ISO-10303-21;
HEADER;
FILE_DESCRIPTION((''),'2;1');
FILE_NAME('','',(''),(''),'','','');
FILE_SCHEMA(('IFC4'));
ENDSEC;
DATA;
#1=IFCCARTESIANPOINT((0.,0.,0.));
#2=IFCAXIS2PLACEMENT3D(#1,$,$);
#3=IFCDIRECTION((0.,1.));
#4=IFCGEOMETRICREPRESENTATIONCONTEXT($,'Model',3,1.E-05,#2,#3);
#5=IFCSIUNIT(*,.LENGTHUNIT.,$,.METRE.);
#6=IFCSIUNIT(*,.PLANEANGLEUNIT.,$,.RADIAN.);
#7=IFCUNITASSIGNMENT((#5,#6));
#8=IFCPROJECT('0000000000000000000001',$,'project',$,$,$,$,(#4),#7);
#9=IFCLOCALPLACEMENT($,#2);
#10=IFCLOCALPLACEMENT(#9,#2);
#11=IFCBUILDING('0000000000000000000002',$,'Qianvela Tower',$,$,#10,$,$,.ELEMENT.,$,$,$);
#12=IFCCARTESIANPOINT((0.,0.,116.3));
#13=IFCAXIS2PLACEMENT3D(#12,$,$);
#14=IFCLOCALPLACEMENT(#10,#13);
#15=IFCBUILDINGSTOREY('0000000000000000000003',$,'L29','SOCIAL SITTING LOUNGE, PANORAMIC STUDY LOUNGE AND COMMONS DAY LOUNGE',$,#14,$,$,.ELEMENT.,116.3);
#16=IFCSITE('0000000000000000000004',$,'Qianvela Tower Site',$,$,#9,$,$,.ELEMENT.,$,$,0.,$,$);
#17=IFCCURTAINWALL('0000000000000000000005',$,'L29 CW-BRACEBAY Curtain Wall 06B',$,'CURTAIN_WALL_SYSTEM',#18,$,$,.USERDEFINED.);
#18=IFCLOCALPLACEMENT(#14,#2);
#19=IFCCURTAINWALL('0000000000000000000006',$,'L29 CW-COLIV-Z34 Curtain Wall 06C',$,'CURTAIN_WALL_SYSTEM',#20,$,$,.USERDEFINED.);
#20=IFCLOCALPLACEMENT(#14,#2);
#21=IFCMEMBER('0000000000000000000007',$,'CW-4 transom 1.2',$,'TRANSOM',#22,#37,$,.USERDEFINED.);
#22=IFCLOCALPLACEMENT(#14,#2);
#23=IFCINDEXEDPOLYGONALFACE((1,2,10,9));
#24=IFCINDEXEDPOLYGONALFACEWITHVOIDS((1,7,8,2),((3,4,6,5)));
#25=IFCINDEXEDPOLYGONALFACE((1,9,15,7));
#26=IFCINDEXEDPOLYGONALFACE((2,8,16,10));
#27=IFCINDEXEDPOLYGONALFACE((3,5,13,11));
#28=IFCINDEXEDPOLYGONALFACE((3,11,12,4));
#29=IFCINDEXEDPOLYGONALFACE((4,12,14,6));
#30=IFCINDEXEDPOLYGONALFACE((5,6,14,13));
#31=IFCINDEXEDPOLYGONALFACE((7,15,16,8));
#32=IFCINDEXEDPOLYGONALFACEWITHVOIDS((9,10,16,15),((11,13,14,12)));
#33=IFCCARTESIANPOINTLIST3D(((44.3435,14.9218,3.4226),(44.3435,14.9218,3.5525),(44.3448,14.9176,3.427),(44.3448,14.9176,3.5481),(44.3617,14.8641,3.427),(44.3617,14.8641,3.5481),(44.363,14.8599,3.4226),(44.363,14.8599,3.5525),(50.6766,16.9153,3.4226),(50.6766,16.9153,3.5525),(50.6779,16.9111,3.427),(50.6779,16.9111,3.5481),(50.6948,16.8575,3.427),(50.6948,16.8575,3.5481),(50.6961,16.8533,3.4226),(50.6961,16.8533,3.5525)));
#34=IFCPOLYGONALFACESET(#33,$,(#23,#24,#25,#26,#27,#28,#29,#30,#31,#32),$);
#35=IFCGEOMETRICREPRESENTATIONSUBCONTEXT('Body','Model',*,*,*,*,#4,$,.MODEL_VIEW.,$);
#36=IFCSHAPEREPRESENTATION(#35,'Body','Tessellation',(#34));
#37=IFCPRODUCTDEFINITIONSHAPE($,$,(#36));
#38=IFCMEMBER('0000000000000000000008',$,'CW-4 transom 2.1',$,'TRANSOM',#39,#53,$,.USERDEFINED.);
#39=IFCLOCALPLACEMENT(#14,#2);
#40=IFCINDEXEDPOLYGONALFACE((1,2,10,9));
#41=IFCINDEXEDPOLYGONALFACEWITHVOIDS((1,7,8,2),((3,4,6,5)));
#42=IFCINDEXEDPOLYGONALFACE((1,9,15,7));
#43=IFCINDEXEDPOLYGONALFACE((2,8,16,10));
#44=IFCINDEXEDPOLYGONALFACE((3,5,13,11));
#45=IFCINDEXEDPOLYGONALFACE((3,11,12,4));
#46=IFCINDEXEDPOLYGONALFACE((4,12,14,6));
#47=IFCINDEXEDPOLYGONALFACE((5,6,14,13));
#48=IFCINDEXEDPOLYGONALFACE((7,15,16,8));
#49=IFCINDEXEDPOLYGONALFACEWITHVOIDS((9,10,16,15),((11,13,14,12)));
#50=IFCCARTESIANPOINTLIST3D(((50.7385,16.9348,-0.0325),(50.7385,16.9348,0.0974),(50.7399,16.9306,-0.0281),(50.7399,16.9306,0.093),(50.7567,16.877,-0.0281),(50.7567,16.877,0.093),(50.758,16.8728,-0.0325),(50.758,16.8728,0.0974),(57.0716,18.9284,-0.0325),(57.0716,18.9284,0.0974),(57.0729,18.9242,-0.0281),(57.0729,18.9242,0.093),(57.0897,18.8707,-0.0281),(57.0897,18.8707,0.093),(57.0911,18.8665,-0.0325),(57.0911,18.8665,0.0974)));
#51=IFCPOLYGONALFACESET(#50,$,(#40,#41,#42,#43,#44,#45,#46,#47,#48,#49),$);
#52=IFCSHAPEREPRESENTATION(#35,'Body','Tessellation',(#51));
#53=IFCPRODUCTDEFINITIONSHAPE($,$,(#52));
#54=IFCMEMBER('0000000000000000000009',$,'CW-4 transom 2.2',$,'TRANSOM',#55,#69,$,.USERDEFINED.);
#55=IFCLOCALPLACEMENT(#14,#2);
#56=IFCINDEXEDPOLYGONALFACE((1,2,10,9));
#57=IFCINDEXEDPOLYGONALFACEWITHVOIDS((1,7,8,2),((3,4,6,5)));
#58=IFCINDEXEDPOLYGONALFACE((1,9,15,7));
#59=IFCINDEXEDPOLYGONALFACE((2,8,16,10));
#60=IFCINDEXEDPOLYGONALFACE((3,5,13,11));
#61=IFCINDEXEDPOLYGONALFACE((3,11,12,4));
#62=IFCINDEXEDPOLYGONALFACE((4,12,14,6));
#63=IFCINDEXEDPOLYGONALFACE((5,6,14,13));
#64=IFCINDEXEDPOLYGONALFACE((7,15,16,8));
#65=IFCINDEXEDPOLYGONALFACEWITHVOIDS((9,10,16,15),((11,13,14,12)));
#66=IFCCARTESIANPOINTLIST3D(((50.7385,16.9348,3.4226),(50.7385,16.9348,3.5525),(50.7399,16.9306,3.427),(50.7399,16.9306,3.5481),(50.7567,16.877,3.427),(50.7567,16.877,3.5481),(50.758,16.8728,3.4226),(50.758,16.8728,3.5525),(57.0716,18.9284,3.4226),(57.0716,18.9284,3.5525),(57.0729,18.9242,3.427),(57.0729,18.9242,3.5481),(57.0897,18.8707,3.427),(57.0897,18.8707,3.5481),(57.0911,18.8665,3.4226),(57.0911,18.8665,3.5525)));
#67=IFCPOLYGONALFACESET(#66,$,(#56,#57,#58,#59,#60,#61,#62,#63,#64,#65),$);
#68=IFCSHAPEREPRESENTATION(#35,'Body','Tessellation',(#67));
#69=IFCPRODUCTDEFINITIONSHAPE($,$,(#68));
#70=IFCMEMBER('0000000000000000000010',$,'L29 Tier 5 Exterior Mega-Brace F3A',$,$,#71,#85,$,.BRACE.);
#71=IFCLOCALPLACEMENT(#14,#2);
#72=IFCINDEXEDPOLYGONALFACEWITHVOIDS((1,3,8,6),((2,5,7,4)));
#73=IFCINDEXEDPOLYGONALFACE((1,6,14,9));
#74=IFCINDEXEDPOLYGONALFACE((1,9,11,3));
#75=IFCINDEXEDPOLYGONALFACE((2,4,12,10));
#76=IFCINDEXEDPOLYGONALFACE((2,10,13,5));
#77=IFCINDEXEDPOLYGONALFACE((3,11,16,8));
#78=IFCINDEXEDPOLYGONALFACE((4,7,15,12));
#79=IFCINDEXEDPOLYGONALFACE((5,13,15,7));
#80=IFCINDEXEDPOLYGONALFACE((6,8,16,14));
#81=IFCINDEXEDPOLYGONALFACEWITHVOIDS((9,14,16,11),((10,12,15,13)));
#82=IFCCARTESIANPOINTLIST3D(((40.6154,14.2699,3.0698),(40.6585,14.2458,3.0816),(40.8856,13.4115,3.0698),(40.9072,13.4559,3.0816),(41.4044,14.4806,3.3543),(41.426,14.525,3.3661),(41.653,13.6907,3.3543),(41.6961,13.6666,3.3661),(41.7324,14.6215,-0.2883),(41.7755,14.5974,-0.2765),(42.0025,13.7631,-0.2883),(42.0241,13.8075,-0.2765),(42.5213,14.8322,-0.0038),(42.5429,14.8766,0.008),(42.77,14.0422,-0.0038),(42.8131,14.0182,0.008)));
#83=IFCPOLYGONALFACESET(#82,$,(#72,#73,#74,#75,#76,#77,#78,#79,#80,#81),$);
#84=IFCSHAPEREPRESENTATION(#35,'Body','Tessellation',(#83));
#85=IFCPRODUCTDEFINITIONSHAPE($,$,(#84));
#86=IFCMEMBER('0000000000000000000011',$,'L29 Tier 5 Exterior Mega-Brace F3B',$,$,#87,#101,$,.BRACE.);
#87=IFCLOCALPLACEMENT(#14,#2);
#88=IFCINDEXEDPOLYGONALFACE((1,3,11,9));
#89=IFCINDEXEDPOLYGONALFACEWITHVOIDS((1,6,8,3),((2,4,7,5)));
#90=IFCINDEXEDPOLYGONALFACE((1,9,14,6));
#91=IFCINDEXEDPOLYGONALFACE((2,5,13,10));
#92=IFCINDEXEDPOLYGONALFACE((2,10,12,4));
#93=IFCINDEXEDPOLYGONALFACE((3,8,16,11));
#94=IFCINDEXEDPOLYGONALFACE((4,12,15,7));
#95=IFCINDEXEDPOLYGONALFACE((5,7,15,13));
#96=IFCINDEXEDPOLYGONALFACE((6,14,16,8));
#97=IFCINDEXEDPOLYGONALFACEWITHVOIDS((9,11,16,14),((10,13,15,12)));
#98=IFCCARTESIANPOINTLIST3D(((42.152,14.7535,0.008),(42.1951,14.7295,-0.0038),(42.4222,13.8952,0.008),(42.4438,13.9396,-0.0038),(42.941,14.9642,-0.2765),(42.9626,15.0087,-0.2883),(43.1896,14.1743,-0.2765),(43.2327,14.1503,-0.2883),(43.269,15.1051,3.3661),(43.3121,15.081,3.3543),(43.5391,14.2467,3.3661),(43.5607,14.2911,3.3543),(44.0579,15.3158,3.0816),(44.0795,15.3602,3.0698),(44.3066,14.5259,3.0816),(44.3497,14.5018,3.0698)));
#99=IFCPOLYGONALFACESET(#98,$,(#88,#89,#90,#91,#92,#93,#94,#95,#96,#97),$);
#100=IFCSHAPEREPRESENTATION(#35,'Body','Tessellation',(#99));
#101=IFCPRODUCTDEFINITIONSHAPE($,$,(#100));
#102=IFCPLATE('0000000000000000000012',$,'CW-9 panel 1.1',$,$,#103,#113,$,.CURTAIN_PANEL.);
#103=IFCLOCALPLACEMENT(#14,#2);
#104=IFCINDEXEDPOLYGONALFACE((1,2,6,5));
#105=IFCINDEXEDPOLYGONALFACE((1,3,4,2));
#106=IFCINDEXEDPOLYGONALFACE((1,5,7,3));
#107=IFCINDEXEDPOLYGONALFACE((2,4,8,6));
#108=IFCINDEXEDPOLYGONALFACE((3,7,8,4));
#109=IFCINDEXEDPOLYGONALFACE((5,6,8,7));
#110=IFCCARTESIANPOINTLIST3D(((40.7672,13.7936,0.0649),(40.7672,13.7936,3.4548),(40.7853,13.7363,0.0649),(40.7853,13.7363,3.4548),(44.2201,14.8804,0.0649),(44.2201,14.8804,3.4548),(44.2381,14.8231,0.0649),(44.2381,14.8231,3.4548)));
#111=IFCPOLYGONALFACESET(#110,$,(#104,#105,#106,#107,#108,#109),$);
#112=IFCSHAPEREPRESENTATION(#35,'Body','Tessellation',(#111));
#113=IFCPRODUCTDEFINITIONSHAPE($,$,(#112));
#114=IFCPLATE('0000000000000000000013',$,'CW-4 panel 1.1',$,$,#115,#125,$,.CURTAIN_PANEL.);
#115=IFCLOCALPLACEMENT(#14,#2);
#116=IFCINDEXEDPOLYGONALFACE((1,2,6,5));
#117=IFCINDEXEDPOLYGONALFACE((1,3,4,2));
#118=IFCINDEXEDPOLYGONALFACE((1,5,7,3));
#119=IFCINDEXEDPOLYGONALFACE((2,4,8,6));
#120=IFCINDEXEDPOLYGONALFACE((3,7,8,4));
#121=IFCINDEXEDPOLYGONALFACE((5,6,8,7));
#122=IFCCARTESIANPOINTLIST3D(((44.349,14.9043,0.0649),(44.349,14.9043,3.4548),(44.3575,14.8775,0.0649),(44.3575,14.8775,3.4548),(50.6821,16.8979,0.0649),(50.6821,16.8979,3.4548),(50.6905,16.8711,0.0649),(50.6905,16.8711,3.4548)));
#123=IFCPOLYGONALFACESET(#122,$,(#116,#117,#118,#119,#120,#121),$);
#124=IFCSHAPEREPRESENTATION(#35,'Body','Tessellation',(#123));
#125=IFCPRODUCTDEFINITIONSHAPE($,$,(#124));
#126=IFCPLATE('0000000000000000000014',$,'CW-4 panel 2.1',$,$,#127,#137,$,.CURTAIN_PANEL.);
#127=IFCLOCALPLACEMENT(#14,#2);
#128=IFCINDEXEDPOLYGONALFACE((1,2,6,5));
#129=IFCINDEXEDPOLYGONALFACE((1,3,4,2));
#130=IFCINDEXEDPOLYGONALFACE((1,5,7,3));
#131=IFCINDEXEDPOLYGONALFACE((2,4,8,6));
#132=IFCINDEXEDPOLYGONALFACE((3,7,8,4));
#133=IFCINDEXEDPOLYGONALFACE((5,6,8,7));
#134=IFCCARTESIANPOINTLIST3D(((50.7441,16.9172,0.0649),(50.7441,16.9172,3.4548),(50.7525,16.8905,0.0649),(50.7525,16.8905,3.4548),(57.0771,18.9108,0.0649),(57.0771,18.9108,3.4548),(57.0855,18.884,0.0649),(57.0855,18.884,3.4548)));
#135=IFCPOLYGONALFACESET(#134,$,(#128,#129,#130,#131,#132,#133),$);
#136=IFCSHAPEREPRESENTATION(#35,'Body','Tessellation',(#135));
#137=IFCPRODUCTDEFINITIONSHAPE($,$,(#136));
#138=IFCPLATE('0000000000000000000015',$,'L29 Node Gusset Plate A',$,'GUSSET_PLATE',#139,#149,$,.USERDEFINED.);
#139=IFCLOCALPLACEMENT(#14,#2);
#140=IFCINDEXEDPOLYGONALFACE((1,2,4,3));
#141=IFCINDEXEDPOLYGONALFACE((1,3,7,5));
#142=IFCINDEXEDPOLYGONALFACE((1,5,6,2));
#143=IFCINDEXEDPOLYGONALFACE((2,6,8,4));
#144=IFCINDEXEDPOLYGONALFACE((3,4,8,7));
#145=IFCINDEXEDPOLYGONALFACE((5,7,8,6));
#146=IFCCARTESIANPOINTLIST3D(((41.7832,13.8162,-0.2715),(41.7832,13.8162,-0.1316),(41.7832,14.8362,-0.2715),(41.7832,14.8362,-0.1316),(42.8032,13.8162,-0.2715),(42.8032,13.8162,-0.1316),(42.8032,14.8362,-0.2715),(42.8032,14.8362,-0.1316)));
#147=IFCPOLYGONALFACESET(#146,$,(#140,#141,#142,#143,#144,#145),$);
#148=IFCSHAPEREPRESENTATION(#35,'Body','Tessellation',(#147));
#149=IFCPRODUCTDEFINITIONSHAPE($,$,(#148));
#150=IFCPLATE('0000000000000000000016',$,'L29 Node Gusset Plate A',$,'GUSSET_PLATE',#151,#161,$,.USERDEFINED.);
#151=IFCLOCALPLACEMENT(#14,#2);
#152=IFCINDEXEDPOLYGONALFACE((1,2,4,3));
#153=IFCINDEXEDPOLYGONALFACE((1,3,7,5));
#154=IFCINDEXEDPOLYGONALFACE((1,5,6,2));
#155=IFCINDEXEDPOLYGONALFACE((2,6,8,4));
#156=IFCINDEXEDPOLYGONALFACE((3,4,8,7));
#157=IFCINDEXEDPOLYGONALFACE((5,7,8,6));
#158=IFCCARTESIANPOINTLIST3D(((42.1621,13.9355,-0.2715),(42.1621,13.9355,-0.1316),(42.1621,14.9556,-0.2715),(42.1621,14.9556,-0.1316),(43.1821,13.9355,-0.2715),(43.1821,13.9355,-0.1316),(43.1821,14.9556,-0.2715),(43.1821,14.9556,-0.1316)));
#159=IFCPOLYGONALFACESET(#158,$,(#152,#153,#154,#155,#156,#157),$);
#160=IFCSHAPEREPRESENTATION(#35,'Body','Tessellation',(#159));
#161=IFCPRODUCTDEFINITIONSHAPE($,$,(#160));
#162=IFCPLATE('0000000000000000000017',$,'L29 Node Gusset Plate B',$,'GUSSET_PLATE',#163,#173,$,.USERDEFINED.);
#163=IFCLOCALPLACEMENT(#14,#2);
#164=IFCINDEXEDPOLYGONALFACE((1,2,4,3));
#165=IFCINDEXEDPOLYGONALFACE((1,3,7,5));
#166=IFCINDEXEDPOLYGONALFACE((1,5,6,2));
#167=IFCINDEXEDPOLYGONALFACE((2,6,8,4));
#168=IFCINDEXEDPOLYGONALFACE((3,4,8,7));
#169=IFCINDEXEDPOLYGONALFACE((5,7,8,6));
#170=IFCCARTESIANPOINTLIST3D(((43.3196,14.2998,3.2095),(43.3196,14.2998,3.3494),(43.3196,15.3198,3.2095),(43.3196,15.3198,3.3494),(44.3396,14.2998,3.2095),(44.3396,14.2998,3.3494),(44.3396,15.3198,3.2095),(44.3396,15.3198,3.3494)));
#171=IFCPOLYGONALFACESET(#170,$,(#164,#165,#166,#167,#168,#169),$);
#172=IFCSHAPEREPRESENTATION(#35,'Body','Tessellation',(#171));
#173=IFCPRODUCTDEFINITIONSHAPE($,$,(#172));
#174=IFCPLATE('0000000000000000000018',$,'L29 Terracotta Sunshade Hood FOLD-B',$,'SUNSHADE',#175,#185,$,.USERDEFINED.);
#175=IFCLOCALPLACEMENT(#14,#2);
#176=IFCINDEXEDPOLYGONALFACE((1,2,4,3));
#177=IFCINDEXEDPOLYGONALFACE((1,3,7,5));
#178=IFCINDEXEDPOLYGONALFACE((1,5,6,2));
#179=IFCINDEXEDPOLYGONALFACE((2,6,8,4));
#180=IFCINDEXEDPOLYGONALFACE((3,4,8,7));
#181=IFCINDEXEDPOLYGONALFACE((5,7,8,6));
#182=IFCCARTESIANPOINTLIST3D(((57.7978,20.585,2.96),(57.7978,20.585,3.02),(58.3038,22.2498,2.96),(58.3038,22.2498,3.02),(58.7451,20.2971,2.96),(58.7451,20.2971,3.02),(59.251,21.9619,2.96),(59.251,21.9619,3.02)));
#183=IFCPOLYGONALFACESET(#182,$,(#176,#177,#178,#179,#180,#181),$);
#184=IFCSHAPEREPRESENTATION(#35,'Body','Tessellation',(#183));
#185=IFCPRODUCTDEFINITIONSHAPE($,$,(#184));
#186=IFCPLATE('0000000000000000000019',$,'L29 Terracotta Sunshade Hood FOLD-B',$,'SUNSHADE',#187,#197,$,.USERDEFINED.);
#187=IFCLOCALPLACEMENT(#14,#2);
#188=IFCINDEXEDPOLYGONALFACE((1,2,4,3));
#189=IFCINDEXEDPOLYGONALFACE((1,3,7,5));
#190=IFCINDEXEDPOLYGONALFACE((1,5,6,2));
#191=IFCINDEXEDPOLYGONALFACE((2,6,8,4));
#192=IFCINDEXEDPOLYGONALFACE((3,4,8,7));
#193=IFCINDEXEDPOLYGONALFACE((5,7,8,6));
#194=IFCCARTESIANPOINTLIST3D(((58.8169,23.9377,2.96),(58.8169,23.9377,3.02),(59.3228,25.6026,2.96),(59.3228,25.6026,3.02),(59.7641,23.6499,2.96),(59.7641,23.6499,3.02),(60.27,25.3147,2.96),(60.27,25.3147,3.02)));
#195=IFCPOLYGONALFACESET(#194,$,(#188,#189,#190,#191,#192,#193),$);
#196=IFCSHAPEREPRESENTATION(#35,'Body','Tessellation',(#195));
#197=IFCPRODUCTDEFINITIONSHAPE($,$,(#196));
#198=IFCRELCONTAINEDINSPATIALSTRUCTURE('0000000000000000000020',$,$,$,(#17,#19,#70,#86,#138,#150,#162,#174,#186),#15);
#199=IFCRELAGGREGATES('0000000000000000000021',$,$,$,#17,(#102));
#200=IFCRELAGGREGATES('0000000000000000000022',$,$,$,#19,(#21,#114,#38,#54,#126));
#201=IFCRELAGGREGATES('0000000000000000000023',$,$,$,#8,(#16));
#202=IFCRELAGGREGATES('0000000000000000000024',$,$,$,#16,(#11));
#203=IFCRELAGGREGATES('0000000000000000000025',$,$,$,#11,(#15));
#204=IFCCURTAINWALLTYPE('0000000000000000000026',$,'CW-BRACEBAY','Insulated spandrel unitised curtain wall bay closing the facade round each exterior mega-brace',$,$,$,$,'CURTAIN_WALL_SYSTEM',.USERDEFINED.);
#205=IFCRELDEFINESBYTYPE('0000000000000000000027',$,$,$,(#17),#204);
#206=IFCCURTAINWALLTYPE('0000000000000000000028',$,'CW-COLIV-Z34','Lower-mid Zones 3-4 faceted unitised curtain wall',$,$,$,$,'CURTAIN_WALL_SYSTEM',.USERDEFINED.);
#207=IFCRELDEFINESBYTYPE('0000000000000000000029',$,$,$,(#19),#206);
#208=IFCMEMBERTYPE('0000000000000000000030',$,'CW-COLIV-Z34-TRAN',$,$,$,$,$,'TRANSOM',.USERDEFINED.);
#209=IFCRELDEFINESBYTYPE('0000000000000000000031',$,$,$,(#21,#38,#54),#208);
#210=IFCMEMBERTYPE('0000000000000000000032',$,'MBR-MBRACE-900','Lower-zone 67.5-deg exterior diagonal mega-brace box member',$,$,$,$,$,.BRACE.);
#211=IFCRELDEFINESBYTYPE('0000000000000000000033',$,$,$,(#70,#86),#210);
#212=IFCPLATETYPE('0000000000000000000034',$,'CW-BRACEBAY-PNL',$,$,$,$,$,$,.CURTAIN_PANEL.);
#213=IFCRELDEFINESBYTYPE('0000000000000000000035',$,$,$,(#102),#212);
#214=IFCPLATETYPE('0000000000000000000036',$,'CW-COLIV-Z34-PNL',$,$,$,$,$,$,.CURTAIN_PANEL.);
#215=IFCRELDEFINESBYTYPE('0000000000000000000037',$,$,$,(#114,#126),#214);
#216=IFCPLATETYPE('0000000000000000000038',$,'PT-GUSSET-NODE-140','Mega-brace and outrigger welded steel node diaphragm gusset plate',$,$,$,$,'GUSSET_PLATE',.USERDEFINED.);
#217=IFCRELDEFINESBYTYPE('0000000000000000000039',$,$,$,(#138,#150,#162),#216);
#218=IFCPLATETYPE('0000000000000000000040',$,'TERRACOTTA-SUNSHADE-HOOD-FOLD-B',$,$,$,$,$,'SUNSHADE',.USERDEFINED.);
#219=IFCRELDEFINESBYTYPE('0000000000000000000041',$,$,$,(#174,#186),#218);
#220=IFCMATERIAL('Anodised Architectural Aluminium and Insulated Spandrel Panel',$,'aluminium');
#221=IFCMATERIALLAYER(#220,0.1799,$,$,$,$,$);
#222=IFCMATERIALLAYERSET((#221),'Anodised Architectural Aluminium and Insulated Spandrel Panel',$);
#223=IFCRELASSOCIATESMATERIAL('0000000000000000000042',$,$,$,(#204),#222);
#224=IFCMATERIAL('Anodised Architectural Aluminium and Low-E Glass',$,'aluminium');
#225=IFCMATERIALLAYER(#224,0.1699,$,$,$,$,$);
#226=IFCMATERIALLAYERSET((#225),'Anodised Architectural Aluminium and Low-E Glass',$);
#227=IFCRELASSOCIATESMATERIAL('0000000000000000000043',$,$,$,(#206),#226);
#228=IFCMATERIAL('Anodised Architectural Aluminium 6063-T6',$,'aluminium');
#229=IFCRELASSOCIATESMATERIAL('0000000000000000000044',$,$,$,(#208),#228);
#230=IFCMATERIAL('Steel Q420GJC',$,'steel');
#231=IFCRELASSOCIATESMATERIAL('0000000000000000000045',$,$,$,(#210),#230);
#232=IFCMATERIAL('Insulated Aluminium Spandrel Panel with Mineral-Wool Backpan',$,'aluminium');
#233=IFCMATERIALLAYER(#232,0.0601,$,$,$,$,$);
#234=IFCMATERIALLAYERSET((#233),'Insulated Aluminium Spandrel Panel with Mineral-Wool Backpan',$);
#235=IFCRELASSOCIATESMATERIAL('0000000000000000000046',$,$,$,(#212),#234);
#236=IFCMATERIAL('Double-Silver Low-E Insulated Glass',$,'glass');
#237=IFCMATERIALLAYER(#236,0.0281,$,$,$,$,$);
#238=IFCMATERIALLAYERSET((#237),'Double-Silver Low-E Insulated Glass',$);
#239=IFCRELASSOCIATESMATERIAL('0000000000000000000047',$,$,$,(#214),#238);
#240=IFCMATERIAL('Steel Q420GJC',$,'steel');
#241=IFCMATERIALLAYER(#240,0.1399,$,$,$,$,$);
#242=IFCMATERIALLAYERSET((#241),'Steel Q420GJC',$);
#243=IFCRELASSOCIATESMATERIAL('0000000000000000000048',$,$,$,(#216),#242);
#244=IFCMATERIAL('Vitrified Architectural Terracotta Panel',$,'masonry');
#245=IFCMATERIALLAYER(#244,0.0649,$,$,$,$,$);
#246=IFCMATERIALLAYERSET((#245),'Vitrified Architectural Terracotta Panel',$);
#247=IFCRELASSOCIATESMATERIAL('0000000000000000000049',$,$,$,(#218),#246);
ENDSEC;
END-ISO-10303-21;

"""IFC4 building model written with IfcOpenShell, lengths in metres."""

from ifc_helpers import new_model, si_unit, direction, frame, origin, origin_2d, place, context, subcontext, project, spatial, rectangle, hollow_rectangle, extrude, material, layer, layer_set, material_profile, profile_set, type_object, element, aggregate, save


model = new_model("IFC4")

# Units and contexts
model_context = context("Model", 3, precision=1e-05, world=origin(), true_north=direction((0.0, 1.0)))
body_context = subcontext(model_context, "Body", "Model", "MODEL_VIEW")
ifc_project = project(units=[si_unit("LENGTHUNIT", "METRE"), si_unit("PLANEANGLEUNIT", "RADIAN")], contexts=[model_context])

# Site, building, storey
site_placement = place(None, origin())
site = spatial("IfcSite", under=ifc_project, at=site_placement, Name="Qianvela Tower Site", CompositionType="ELEMENT", RefElevation=0.0)
building_placement = place(site_placement, origin())
building = spatial("IfcBuilding", under=site, at=building_placement, Name="Qianvela Tower", CompositionType="ELEMENT")
storey_placement = place(building_placement, frame((0.0, 0.0, 116.3)))
storey = spatial("IfcBuildingStorey", under=building, at=storey_placement, Name="L29", Description="SOCIAL SITTING LOUNGE, PANORAMIC STUDY LOUNGE AND COMMONS DAY LOUNGE", CompositionType="ELEMENT", Elevation=116.3)

# Curtain wall
ifc_material_1 = material(Name="Anodised Architectural Aluminium and Insulated Spandrel Panel", Category="aluminium")
ifc_layer_1 = layer(ifc_material_1, 0.1799)
ifc_layer_set_1 = layer_set([ifc_layer_1], Name="Anodised Architectural Aluminium and Insulated Spandrel Panel")
curtain_wall_type_1 = type_object("IfcCurtainWallType", Name="CW-BRACEBAY", Description="Insulated spandrel unitised curtain wall bay closing the facade round each exterior mega-brace", ElementType="CURTAIN_WALL_SYSTEM", PredefinedType="USERDEFINED", material=ifc_layer_set_1)
curtain_wall_1_placement = place(storey_placement, origin())
curtain_wall_1 = element("IfcCurtainWall", 1, at=curtain_wall_1_placement, inside=storey, type_object=curtain_wall_type_1, Name="L29 CW-BRACEBAY Curtain Wall 06B", ObjectType="CURTAIN_WALL_SYSTEM", PredefinedType="USERDEFINED")

# Curtain wall, members
ifc_material_2 = material(Name="Anodised Architectural Aluminium and Low-E Glass", Category="aluminium")
ifc_layer_2 = layer(ifc_material_2, 0.1699)
ifc_layer_set_2 = layer_set([ifc_layer_2], Name="Anodised Architectural Aluminium and Low-E Glass")
curtain_wall_type_2 = type_object("IfcCurtainWallType", Name="CW-COLIV-Z34", Description="Lower-mid Zones 3-4 faceted unitised curtain wall", ElementType="CURTAIN_WALL_SYSTEM", PredefinedType="USERDEFINED", material=ifc_layer_set_2)
curtain_wall_2_placement = place(storey_placement, origin())
curtain_wall_2 = element("IfcCurtainWall", 2, at=curtain_wall_2_placement, inside=storey, type_object=curtain_wall_type_2, Name="L29 CW-COLIV-Z34 Curtain Wall 06C", ObjectType="CURTAIN_WALL_SYSTEM", PredefinedType="USERDEFINED")
ifc_material_3 = material(Name="Anodised Architectural Aluminium 6063-T6", Category="aluminium")
ifc_material_profile_1 = material_profile(ifc_material_3, hollow_rectangle(XDim=0.0649, YDim=0.1299, WallThickness=0.0044, at=origin_2d()), Name="ALU-TRAN-65x130")
ifc_profile_set_1 = profile_set([ifc_material_profile_1], Name="Anodised Architectural Aluminium 6063-T6")
member_type_1 = type_object("IfcMemberType", Name="CW-COLIV-Z34-TRAN", ElementType="TRANSOM", PredefinedType="USERDEFINED", material=ifc_profile_set_1)
member_1_placement = place(storey_placement, frame((44.3533, 14.8909, 3.4875), z_axis=(0.953863, 0.300243, 0.0), x_axis=(-0.300243, 0.953863, 0.0)))
member_1 = element("IfcMember", 3, at=member_1_placement, type_object=member_type_1, Name="CW-4 transom 1.2", ObjectType="TRANSOM", PredefinedType="USERDEFINED", context=body_context, shape_type="SweptSolid", body=[
    extrude(hollow_rectangle(XDim=0.0649, YDim=0.1299, WallThickness=0.0044, at=origin_2d()), origin(), (0.0, 0.0, 1.0), 6.6394),
])
member_2_placement = place(storey_placement, frame((50.7483, 16.9038, 0.0325), z_axis=(0.953852, 0.300276, 0.0), x_axis=(-0.300276, 0.953852, 0.0)))
member_2 = element("IfcMember", 4, at=member_2_placement, type_object=member_type_1, Name="CW-4 transom 2.1", ObjectType="TRANSOM", PredefinedType="USERDEFINED", context=body_context, shape_type="SweptSolid", body=[
    extrude(hollow_rectangle(XDim=0.0649, YDim=0.1299, WallThickness=0.0044, at=origin_2d()), origin(), (0.0, 0.0, 1.0), 6.6394),
])
member_3_placement = place(storey_placement, frame((50.7483, 16.9038, 3.4875), z_axis=(0.953852, 0.300276, 0.0), x_axis=(-0.300276, 0.953852, 0.0)))
member_3 = element("IfcMember", 5, at=member_3_placement, type_object=member_type_1, Name="CW-4 transom 2.2", ObjectType="TRANSOM", PredefinedType="USERDEFINED", context=body_context, shape_type="SweptSolid", body=[
    extrude(hollow_rectangle(XDim=0.0649, YDim=0.1299, WallThickness=0.0044, at=origin_2d()), origin(), (0.0, 0.0, 1.0), 6.6394),
])

# Members
ifc_material_4 = material(Name="Steel Q420GJC", Category="steel")
ifc_material_profile_2 = material_profile(ifc_material_4, hollow_rectangle(XDim=0.8999, YDim=0.8999, WallThickness=0.0359, at=origin_2d()), Name="MBOX-900x900x36")
ifc_profile_set_2 = profile_set([ifc_material_profile_2], Name="Steel Q420GJC")
member_type_2 = type_object("IfcMemberType", Name="MBR-MBRACE-900", Description="Lower-zone 67.5-deg exterior diagonal mega-brace box member", PredefinedType="BRACE", material=ifc_profile_set_2)
for number, where, z_axis, x_axis, name in (
    (6, (42.2727, 14.3198, -0.1401), (-0.314061, -0.098852, 0.944243), (0.300233, -0.953866, 0.0), "L29 Tier 5 Exterior Mega-Brace F3A"),
    (7, (42.6924, 14.4519, -0.1401), (0.314061, 0.098852, 0.944243), (-0.300233, 0.953866, 0.0), "L29 Tier 5 Exterior Mega-Brace F3B"),
):
    element("IfcMember", number, at=place(storey_placement, frame(where, z_axis=z_axis, x_axis=x_axis)), inside=storey, type_object=member_type_2, Name=name, PredefinedType="BRACE", context=body_context, shape_type="SweptSolid", body=[
        extrude(hollow_rectangle(XDim=0.8999, YDim=0.8999, WallThickness=0.0359, at=origin_2d()), origin(), (0.0, 0.0, 1.0), 3.5564),
    ])

# Plates
ifc_material_5 = material(Name="Insulated Aluminium Spandrel Panel with Mineral-Wool Backpan", Category="aluminium")
ifc_layer_3 = layer(ifc_material_5, 0.0601)
ifc_layer_set_3 = layer_set([ifc_layer_3], Name="Insulated Aluminium Spandrel Panel with Mineral-Wool Backpan")
plate_type_1 = type_object("IfcPlateType", Name="CW-BRACEBAY-PNL", PredefinedType="CURTAIN_PANEL", material=ifc_layer_set_3)
plate_1_placement = place(storey_placement, frame((42.5027, 14.3083, 0.0649), z_axis=(0.0, 0.0, 1.0), x_axis=(0.953862, 0.300247, 0.0)))
plate_1 = element("IfcPlate", 8, at=plate_1_placement, type_object=plate_type_1, Name="CW-9 panel 1.1", PredefinedType="CURTAIN_PANEL", context=body_context, shape_type="SweptSolid", body=[
    extrude(rectangle(XDim=3.6199, YDim=0.0601, at=origin_2d()), origin(), (0.0, 0.0, 1.0), 3.3899),
])
aggregate(curtain_wall_1, [plate_1])
ifc_material_6 = material(Name="Double-Silver Low-E Insulated Glass", Category="glass")
ifc_layer_4 = layer(ifc_material_6, 0.0281)
ifc_layer_set_4 = layer_set([ifc_layer_4], Name="Double-Silver Low-E Insulated Glass")
plate_type_2 = type_object("IfcPlateType", Name="CW-COLIV-Z34-PNL", PredefinedType="CURTAIN_PANEL", material=ifc_layer_set_4)
plate_2_placement = place(storey_placement, frame((47.5198, 15.8877, 0.0649), z_axis=(0.0, 0.0, 1.0), x_axis=(0.953857, 0.300261, 0.0)))
plate_2 = element("IfcPlate", 9, at=plate_2_placement, type_object=plate_type_2, Name="CW-4 panel 1.1", PredefinedType="CURTAIN_PANEL", context=body_context, shape_type="SweptSolid", body=[
    extrude(rectangle(XDim=6.6394, YDim=0.0281, at=origin_2d()), origin(), (0.0, 0.0, 1.0), 3.3899),
])
plate_3_placement = place(storey_placement, frame((53.9148, 17.9006, 0.0649), z_axis=(0.0, 0.0, 1.0), x_axis=(0.953857, 0.300261, 0.0)))
plate_3 = element("IfcPlate", 10, at=plate_3_placement, type_object=plate_type_2, Name="CW-4 panel 2.1", PredefinedType="CURTAIN_PANEL", context=body_context, shape_type="SweptSolid", body=[
    extrude(rectangle(XDim=6.6394, YDim=0.0281, at=origin_2d()), origin(), (0.0, 0.0, 1.0), 3.3899),
])
aggregate(curtain_wall_2, [member_1, plate_2, member_2, member_3, plate_3])

# Plates
ifc_material_7 = material(Name="Steel Q420GJC", Category="steel")
ifc_layer_5 = layer(ifc_material_7, 0.1399)
ifc_layer_set_5 = layer_set([ifc_layer_5], Name="Steel Q420GJC")
plate_type_3 = type_object("IfcPlateType", Name="PT-GUSSET-NODE-140", Description="Mega-brace and outrigger welded steel node diaphragm gusset plate", ElementType="GUSSET_PLATE", PredefinedType="USERDEFINED", material=ifc_layer_set_5)
for number, where, z_axis, x_axis, name in (
    (11, (42.2932, 14.3262, -0.2715), (0.0, 0.0, 1.0), (1.0, 0.0, 0.0), "L29 Node Gusset Plate A"),
    (12, (42.6721, 14.4456, -0.2715), (0.0, 0.0, 1.0), (1.0, 0.0, 0.0), "L29 Node Gusset Plate A"),
    (13, (43.8296, 14.8098, 3.2095), (0.0, 0.0, 1.0), (1.0, 0.0, 0.0), "L29 Node Gusset Plate B"),
):
    element("IfcPlate", number, at=place(storey_placement, frame(where, z_axis=z_axis, x_axis=x_axis)), inside=storey, type_object=plate_type_3, Name=name, ObjectType="GUSSET_PLATE", PredefinedType="USERDEFINED", context=body_context, shape_type="SweptSolid", body=[
        extrude(rectangle(XDim=1.02, YDim=1.02, at=origin_2d()), origin(), (0.0, 0.0, 1.0), 0.1399),
    ])
ifc_material_8 = material(Name="Vitrified Architectural Terracotta Panel", Category="masonry")
ifc_layer_6 = layer(ifc_material_8, 0.0649)
ifc_layer_set_6 = layer_set([ifc_layer_6], Name="Vitrified Architectural Terracotta Panel")
plate_type_4 = type_object("IfcPlateType", Name="TERRACOTTA-SUNSHADE-HOOD-FOLD-B", ElementType="SUNSHADE", PredefinedType="USERDEFINED", material=ifc_layer_set_6)
for number, where, z_axis, x_axis, name in (
    (14, (58.5244, 21.2734, 2.96), (0.0, 0.0, 1.0), (0.290759, 0.956796, 0.0), "L29 Terracotta Sunshade Hood FOLD-B"),
    (15, (59.5435, 24.6262, 2.96), (0.0, 0.0, 1.0), (0.290759, 0.956796, 0.0), "L29 Terracotta Sunshade Hood FOLD-B"),
):
    element("IfcPlate", number, at=place(storey_placement, frame(where, z_axis=z_axis, x_axis=x_axis)), inside=storey, type_object=plate_type_4, Name=name, ObjectType="SUNSHADE", PredefinedType="USERDEFINED", context=body_context, shape_type="SweptSolid", body=[
        extrude(rectangle(XDim=1.74, YDim=0.99, at=origin_2d()), origin(), (0.0, 0.0, 1.0), 0.0601),
    ])

save(model, "model.ifc")
